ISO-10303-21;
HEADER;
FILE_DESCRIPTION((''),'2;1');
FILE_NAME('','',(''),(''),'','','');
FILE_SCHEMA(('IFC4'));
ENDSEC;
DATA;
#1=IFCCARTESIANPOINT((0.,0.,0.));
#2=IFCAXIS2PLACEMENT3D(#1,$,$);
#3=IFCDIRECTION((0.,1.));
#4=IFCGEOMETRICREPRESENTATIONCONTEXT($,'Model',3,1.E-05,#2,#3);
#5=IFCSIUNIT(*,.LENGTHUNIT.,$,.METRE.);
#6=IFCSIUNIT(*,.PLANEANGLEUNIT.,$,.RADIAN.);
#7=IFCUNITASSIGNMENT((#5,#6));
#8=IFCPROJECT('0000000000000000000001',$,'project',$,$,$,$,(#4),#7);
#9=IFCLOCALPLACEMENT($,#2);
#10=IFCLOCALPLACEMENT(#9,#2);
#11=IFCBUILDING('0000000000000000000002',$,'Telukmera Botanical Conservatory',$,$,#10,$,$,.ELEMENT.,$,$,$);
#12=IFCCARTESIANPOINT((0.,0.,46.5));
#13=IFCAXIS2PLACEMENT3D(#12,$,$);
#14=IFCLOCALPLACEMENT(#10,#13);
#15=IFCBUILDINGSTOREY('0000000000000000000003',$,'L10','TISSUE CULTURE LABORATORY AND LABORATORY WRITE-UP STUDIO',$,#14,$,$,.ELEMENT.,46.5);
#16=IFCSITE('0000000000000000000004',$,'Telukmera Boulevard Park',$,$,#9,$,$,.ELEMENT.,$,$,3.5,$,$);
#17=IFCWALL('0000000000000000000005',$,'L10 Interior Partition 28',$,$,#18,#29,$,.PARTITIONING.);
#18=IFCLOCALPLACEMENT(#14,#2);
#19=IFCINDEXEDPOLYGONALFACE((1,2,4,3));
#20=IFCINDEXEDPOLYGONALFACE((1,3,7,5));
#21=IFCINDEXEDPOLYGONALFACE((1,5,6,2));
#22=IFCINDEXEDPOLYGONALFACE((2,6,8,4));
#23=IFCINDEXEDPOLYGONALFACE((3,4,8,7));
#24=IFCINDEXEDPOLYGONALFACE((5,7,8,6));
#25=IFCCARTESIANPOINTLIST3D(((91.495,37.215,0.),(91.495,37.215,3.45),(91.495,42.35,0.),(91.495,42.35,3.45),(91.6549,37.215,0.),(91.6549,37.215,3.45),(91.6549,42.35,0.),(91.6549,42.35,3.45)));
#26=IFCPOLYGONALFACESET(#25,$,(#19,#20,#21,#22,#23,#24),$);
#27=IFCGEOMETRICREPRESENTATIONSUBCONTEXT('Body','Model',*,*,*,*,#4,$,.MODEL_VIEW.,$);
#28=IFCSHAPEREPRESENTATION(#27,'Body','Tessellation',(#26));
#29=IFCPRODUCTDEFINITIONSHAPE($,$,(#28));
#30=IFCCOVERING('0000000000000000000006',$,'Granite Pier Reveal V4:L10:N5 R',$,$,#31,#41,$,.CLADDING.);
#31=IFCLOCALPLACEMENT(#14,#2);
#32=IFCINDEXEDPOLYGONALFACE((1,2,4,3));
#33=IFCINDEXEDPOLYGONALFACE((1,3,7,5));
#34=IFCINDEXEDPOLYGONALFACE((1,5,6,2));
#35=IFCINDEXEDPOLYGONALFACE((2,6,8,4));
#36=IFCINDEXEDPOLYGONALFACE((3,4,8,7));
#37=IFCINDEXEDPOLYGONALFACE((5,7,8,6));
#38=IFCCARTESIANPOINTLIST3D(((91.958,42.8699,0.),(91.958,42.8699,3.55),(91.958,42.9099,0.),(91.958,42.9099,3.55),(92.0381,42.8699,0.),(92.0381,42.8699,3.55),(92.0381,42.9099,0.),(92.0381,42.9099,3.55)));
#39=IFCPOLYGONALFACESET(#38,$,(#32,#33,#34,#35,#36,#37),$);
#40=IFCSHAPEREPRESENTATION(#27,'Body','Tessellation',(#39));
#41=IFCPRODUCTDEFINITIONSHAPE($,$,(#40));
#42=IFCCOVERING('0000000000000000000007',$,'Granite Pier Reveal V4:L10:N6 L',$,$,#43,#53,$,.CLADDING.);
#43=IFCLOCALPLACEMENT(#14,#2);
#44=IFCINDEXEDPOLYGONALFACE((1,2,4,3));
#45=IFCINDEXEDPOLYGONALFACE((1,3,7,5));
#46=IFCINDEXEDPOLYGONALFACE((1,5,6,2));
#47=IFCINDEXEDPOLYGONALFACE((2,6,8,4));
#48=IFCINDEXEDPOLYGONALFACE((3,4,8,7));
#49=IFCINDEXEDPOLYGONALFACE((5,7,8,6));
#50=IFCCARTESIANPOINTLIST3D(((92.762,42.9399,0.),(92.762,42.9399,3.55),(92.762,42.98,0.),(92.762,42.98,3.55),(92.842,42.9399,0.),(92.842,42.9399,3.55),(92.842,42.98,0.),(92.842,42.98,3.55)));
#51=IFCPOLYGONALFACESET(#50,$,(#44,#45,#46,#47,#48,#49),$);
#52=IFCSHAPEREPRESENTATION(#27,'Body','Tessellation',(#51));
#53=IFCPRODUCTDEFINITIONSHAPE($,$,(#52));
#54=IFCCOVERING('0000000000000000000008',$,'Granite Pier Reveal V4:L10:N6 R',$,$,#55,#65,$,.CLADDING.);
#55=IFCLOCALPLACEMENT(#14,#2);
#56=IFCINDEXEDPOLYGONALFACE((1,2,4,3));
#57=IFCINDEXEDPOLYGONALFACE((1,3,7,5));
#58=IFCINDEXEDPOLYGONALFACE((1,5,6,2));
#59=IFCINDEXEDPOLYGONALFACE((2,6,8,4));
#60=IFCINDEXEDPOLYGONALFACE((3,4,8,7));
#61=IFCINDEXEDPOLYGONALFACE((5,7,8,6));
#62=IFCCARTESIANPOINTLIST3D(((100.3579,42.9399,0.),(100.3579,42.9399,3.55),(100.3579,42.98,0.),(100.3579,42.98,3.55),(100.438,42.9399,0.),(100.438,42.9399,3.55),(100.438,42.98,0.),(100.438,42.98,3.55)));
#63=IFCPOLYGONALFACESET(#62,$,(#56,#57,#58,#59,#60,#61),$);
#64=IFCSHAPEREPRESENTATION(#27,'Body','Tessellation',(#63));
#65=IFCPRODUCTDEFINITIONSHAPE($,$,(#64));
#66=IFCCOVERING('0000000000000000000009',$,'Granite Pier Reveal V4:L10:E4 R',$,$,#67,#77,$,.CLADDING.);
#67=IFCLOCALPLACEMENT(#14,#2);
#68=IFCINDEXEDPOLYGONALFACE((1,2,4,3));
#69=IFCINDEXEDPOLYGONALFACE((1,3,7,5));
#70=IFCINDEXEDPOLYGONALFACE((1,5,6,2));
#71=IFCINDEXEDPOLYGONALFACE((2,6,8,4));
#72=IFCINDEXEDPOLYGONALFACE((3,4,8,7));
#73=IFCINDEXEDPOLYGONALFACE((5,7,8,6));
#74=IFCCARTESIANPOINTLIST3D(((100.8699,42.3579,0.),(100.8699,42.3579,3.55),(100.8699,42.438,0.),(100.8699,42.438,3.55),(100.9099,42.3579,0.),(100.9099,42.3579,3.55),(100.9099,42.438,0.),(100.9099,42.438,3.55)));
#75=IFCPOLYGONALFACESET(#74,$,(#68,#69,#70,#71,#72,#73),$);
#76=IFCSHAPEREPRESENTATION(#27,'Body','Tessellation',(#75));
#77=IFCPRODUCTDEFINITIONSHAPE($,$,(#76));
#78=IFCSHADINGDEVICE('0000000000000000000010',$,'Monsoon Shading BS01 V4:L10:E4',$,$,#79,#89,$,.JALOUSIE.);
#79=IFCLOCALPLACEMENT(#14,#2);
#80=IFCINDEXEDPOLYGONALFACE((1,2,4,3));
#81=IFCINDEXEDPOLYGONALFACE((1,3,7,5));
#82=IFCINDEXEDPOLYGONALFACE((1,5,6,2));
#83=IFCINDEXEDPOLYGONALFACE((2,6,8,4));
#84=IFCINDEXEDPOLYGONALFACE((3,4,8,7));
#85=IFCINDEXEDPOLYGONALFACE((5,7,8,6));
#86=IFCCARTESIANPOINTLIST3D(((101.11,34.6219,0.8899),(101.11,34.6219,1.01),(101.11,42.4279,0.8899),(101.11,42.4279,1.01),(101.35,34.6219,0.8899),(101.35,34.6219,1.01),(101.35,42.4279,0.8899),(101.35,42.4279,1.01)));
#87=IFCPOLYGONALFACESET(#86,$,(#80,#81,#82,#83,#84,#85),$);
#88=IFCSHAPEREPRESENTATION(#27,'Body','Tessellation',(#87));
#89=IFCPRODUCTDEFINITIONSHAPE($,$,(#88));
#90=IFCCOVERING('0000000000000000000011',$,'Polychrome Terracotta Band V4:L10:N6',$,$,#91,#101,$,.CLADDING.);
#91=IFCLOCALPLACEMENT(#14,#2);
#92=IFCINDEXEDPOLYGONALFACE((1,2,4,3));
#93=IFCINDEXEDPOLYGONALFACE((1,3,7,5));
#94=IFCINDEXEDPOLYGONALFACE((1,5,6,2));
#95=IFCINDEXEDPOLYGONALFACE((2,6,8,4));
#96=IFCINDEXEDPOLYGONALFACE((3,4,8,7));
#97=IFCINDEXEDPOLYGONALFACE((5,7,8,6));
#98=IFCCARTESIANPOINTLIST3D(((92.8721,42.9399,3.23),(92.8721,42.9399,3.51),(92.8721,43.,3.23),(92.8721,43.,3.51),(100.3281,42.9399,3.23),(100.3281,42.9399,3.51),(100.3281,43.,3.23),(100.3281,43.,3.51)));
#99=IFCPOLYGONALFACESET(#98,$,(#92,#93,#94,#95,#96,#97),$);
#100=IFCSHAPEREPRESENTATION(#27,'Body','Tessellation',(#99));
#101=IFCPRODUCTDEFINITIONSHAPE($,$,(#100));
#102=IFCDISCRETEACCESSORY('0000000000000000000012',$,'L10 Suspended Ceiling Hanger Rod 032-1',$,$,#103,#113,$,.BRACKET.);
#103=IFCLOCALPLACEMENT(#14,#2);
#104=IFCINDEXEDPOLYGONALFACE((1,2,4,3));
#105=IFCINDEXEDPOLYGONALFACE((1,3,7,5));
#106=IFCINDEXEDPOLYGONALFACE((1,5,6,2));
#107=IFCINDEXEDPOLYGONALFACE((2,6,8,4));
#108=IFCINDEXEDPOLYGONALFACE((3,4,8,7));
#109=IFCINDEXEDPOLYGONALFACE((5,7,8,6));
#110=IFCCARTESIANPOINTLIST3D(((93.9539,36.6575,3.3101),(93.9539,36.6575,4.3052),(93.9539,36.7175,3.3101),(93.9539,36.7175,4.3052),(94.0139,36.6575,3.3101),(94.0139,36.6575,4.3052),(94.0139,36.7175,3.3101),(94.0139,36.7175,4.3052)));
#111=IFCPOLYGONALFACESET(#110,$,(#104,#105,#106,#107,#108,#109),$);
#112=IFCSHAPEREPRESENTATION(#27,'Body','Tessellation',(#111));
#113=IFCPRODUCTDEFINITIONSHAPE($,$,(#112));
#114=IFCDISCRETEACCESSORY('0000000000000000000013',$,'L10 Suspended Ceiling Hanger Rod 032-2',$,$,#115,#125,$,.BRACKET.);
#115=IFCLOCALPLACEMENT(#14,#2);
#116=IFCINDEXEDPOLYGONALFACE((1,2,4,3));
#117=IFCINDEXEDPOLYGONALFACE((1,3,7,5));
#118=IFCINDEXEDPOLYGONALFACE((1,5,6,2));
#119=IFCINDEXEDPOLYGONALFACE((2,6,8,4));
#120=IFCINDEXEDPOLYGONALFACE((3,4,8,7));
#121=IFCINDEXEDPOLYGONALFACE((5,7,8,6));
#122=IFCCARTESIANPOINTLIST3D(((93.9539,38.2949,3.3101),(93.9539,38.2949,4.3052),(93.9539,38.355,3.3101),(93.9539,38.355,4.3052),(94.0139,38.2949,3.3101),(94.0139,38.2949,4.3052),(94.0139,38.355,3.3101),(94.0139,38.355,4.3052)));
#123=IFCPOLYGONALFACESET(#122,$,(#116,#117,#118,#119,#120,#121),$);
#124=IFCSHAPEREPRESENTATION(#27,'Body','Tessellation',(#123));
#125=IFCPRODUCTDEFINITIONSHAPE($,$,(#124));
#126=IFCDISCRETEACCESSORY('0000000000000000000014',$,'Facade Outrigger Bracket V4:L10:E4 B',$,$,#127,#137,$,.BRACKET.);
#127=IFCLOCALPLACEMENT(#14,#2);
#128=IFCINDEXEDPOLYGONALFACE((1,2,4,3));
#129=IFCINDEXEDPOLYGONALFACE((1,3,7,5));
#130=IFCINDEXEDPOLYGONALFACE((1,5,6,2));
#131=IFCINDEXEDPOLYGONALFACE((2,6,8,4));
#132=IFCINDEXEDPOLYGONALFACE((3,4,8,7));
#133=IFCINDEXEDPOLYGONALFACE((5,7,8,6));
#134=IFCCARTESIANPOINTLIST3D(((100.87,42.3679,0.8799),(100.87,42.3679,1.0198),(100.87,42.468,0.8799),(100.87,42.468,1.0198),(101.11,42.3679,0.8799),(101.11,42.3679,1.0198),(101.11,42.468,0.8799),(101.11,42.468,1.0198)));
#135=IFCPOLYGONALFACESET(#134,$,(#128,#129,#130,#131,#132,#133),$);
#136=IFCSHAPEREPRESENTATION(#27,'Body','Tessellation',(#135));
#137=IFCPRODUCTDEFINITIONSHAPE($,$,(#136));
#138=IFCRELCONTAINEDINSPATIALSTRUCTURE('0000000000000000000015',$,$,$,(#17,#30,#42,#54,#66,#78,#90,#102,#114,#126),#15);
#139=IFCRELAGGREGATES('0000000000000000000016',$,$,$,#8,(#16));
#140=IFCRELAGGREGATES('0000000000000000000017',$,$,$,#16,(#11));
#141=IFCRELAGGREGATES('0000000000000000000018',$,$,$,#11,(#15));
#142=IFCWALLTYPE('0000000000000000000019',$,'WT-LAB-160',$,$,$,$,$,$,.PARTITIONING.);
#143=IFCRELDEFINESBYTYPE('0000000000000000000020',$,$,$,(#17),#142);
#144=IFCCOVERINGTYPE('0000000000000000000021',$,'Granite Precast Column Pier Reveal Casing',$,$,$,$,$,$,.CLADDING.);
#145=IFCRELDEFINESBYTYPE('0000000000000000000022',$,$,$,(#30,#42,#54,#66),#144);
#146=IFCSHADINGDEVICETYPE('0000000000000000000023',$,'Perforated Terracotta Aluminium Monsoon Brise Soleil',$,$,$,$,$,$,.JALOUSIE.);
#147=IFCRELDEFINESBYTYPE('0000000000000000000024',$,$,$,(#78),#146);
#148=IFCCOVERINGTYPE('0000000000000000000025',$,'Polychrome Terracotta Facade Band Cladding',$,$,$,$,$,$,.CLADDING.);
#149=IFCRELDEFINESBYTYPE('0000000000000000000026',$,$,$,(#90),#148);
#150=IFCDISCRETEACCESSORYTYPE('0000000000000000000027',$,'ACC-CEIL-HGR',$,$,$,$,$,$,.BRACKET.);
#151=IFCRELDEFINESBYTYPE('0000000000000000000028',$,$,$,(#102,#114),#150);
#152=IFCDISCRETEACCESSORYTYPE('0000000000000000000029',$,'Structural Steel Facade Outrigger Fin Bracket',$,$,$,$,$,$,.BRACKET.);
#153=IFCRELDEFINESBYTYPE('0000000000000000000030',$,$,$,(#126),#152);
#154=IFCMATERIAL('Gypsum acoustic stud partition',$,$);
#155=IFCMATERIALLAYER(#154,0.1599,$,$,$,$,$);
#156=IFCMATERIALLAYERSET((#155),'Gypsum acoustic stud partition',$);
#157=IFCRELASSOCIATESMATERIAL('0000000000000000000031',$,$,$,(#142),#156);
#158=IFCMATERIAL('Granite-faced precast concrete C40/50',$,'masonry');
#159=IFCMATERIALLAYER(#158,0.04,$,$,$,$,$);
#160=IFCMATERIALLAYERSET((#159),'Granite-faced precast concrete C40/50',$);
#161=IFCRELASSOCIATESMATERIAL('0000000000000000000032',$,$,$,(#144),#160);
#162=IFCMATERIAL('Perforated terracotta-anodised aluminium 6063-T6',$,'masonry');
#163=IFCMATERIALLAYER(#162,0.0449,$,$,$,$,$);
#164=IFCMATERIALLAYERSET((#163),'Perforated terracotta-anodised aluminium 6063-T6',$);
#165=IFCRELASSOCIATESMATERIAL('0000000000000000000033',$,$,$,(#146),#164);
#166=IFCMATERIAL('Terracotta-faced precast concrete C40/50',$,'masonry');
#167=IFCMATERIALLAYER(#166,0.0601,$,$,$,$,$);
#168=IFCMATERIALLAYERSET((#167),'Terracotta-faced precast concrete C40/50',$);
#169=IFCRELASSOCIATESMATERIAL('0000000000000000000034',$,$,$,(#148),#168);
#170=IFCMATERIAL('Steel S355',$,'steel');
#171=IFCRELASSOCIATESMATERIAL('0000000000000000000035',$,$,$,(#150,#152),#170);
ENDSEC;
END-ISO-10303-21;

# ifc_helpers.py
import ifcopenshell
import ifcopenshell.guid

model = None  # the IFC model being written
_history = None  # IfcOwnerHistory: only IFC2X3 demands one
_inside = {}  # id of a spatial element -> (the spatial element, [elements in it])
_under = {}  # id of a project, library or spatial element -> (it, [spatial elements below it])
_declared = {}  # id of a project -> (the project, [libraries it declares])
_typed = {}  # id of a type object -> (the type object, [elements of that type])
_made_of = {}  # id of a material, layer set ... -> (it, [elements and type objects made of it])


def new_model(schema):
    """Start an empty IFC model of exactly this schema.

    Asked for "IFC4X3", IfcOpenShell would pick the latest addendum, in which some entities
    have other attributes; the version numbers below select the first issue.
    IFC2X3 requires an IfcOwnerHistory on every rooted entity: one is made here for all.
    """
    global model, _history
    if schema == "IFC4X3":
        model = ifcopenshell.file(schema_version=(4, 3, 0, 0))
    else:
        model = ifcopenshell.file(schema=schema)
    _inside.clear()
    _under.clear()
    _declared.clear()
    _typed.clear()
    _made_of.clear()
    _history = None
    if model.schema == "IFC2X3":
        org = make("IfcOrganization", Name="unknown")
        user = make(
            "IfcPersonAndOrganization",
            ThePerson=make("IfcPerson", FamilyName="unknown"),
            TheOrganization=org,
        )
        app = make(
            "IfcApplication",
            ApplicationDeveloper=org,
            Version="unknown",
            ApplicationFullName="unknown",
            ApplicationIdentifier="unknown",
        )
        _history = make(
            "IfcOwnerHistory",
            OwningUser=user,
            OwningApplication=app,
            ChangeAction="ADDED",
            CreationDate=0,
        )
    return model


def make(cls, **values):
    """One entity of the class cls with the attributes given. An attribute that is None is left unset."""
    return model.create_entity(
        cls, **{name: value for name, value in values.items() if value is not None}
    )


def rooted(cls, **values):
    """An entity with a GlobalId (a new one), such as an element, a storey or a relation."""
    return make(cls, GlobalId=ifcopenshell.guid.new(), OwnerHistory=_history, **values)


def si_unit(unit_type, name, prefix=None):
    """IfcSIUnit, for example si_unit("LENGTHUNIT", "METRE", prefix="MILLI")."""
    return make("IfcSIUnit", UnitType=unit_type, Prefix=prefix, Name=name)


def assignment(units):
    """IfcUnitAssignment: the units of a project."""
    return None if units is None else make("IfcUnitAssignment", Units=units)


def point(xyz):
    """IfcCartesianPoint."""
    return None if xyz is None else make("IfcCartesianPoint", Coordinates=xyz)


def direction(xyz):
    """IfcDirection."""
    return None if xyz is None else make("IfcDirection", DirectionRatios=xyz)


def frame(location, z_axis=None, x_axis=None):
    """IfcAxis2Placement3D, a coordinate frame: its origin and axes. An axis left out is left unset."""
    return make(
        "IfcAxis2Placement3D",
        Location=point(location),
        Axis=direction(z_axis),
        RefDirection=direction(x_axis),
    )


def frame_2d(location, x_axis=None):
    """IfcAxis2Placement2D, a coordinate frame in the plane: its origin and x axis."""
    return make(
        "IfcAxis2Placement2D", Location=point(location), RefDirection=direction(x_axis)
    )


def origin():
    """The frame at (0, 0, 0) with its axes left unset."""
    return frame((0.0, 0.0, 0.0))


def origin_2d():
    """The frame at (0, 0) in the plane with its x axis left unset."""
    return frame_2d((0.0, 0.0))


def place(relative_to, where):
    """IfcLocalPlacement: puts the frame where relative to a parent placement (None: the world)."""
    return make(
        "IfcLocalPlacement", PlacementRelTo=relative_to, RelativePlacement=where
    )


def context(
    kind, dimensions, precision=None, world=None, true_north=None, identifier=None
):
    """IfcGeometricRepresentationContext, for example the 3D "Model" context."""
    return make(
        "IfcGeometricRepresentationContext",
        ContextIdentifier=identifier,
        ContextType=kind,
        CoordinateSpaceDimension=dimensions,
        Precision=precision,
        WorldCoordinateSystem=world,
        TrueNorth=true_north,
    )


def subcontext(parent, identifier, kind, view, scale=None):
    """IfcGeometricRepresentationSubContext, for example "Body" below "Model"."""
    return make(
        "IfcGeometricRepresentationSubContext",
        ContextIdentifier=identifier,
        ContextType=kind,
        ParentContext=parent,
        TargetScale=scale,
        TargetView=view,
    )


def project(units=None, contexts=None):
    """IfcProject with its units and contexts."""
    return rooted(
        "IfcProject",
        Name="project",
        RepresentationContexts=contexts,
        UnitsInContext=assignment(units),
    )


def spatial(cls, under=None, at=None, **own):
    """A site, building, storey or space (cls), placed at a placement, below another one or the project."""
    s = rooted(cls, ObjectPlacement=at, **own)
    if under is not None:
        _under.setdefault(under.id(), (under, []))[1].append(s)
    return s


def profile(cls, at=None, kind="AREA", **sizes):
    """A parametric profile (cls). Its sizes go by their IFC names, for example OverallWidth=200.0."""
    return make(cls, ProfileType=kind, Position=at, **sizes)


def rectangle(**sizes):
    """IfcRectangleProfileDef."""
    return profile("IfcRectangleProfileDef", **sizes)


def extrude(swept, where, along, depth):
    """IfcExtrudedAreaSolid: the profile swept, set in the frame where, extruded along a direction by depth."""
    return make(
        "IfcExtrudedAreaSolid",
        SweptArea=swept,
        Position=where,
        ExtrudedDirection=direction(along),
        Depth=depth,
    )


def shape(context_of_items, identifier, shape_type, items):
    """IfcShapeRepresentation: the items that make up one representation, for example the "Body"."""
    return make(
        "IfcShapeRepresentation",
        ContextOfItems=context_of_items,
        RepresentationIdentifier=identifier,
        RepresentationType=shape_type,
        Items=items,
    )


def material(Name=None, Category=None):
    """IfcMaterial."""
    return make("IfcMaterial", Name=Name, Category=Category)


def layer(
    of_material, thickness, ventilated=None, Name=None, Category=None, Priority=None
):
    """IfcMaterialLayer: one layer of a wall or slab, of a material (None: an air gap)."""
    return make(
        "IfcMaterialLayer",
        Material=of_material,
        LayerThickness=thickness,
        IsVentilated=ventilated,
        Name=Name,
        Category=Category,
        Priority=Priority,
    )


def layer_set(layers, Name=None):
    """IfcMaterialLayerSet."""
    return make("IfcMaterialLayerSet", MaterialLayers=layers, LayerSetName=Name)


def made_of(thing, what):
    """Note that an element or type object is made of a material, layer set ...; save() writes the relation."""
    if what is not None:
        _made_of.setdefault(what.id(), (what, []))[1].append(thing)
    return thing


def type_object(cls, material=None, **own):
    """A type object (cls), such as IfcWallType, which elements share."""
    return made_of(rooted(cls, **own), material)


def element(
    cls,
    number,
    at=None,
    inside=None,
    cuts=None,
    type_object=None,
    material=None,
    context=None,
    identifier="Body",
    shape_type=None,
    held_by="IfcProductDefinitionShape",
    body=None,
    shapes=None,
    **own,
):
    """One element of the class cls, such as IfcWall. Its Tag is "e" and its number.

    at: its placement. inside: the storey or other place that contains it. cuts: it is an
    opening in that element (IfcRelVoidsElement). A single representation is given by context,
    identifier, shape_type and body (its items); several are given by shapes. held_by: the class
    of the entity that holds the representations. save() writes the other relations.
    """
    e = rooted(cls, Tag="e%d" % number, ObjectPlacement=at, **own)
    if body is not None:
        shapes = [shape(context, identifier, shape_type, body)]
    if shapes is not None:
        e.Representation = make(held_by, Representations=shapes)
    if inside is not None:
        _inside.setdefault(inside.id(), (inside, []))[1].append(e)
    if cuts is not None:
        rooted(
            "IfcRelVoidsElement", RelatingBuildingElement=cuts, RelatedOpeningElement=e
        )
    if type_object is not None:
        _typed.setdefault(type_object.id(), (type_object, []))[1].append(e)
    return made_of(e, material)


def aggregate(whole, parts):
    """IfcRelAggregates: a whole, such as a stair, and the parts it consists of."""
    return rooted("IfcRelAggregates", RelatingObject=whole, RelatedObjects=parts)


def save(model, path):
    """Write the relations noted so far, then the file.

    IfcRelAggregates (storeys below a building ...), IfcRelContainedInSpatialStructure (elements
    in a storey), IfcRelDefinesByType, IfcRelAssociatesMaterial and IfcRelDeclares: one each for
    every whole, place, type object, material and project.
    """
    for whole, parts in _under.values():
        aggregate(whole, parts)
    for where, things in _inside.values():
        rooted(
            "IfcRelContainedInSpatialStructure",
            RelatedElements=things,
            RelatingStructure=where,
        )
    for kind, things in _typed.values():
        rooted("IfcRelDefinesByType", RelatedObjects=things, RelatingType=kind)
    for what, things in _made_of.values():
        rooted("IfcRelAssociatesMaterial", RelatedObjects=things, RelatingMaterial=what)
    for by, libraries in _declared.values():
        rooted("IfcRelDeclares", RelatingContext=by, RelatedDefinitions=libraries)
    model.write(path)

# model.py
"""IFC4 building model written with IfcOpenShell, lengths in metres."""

from ifc_helpers import new_model, si_unit, direction, frame, frame_2d, origin, origin_2d, place, context, subcontext, project, spatial, rectangle, extrude, material, layer, layer_set, type_object, element, save


model = new_model("IFC4")

# Units and contexts
model_context = context("Model", 3, precision=1e-05, world=origin(), true_north=direction((0.0, 1.0)))
body_context = subcontext(model_context, "Body", "Model", "MODEL_VIEW")
ifc_project = project(units=[si_unit("LENGTHUNIT", "METRE"), si_unit("PLANEANGLEUNIT", "RADIAN")], contexts=[model_context])

# Site, building, storey
site_placement = place(None, origin())
site = spatial("IfcSite", under=ifc_project, at=site_placement, Name="Telukmera Boulevard Park", CompositionType="ELEMENT", RefElevation=3.5)
building_placement = place(site_placement, origin())
building = spatial("IfcBuilding", under=site, at=building_placement, Name="Telukmera Botanical Conservatory", CompositionType="ELEMENT")
storey_placement = place(building_placement, frame((0.0, 0.0, 46.5)))
storey = spatial("IfcBuildingStorey", under=building, at=storey_placement, Name="L10", Description="TISSUE CULTURE LABORATORY AND LABORATORY WRITE-UP STUDIO", CompositionType="ELEMENT", Elevation=46.5)

# Wall
ifc_material_1 = material(Name="Gypsum acoustic stud partition")
ifc_layer_1 = layer(ifc_material_1, 0.1599)
ifc_layer_set_1 = layer_set([ifc_layer_1], Name="Gypsum acoustic stud partition")
wall_type_1 = type_object("IfcWallType", Name="WT-LAB-160", PredefinedType="PARTITIONING", material=ifc_layer_set_1)
wall_1_placement = place(storey_placement, frame((91.575, 37.2151, 0.0), z_axis=(0.0, 0.0, 1.0), x_axis=(0.0, 1.0, 0.0)))
element("IfcWall", 1, at=wall_1_placement, inside=storey, type_object=wall_type_1, Name="L10 Interior Partition 28", PredefinedType="PARTITIONING", context=body_context, shape_type="SweptSolid", body=[
    extrude(rectangle(XDim=5.135, YDim=0.1599, at=frame_2d((2.5674, 0.0))), origin(), (0.0, 0.0, 1.0), 3.45),
])

# Coverings
ifc_material_2 = material(Name="Granite-faced precast concrete C40/50", Category="masonry")
ifc_layer_2 = layer(ifc_material_2, 0.04)
ifc_layer_set_2 = layer_set([ifc_layer_2], Name="Granite-faced precast concrete C40/50")
covering_type_1 = type_object("IfcCoveringType", Name="Granite Precast Column Pier Reveal Casing", PredefinedType="CLADDING", material=ifc_layer_set_2)
for number, where, z_axis, x_axis, name in (
    (2, (91.998, 42.8899, 0.0), (0.0, 0.0, 1.0), (1.0, 0.0, 0.0), "Granite Pier Reveal V4:L10:N5 R"),
    (3, (92.802, 42.96, 0.0), (0.0, 0.0, 1.0), (1.0, 0.0, 0.0), "Granite Pier Reveal V4:L10:N6 L"),
    (4, (100.3979, 42.96, 0.0), (0.0, 0.0, 1.0), (1.0, 0.0, 0.0), "Granite Pier Reveal V4:L10:N6 R"),
    (5, (100.8899, 42.3979, 0.0), (0.0, 0.0, 1.0), (0.0, 1.0, 0.0), "Granite Pier Reveal V4:L10:E4 R"),
):
    element("IfcCovering", number, at=place(storey_placement, frame(where, z_axis=z_axis, x_axis=x_axis)), inside=storey, type_object=covering_type_1, Name=name, PredefinedType="CLADDING", context=body_context, shape_type="SweptSolid", body=[
        extrude(rectangle(XDim=0.0801, YDim=0.04, at=origin_2d()), origin(), (0.0, 0.0, 1.0), 3.55),
    ])

# Shading device
ifc_material_3 = material(Name="Perforated terracotta-anodised aluminium 6063-T6", Category="masonry")
ifc_layer_3 = layer(ifc_material_3, 0.0449)
ifc_layer_set_3 = layer_set([ifc_layer_3], Name="Perforated terracotta-anodised aluminium 6063-T6")
shading_device_type = type_object("IfcShadingDeviceType", Name="Perforated Terracotta Aluminium Monsoon Brise Soleil", PredefinedType="JALOUSIE", material=ifc_layer_set_3)
shading_device_placement = place(storey_placement, frame((101.23, 38.5249, 0.8899), z_axis=(0.0, 0.0, 1.0), x_axis=(0.0, 1.0, 0.0)))
element("IfcShadingDevice", 6, at=shading_device_placement, inside=storey, type_object=shading_device_type, Name="Monsoon Shading BS01 V4:L10:E4", PredefinedType="JALOUSIE", context=body_context, shape_type="SweptSolid", body=[
    extrude(rectangle(XDim=7.8059, YDim=0.24, at=origin_2d()), origin(), (0.0, 0.0, 1.0), 0.1201),
])

# Covering
ifc_material_4 = material(Name="Terracotta-faced precast concrete C40/50", Category="masonry")
ifc_layer_4 = layer(ifc_material_4, 0.0601)
ifc_layer_set_4 = layer_set([ifc_layer_4], Name="Terracotta-faced precast concrete C40/50")
covering_type_2 = type_object("IfcCoveringType", Name="Polychrome Terracotta Facade Band Cladding", PredefinedType="CLADDING", material=ifc_layer_set_4)
covering_placement = place(storey_placement, frame((96.6001, 42.97, 3.23), z_axis=(0.0, 0.0, 1.0), x_axis=(1.0, 0.0, 0.0)))
element("IfcCovering", 7, at=covering_placement, inside=storey, type_object=covering_type_2, Name="Polychrome Terracotta Band V4:L10:N6", PredefinedType="CLADDING", context=body_context, shape_type="SweptSolid", body=[
    extrude(rectangle(XDim=7.4561, YDim=0.0601, at=origin_2d()), origin(), (0.0, 0.0, 1.0), 0.28),
])

# Discrete accessories
ifc_material_5 = material(Name="Steel S355", Category="steel")
discrete_accessory_type_1 = type_object("IfcDiscreteAccessoryType", Name="ACC-CEIL-HGR", PredefinedType="BRACKET", material=ifc_material_5)
for number, where, z_axis, x_axis, name in (
    (8, (93.9839, 36.6875, 3.3101), (0.0, 0.0, 1.0), (1.0, 0.0, 0.0), "L10 Suspended Ceiling Hanger Rod 032-1"),
    (9, (93.9839, 38.325, 3.3101), (0.0, 0.0, 1.0), (1.0, 0.0, 0.0), "L10 Suspended Ceiling Hanger Rod 032-2"),
):
    element("IfcDiscreteAccessory", number, at=place(storey_placement, frame(where, z_axis=z_axis, x_axis=x_axis)), inside=storey, type_object=discrete_accessory_type_1, Name=name, PredefinedType="BRACKET", context=body_context, shape_type="SweptSolid", body=[
        extrude(rectangle(XDim=0.0601, YDim=0.0601, at=origin_2d()), origin(), (0.0, 0.0, 1.0), 0.9951),
    ])
discrete_accessory_type_2 = type_object("IfcDiscreteAccessoryType", Name="Structural Steel Facade Outrigger Fin Bracket", PredefinedType="BRACKET", material=ifc_material_5)
discrete_accessory_placement = place(storey_placement, frame((100.99, 42.418, 0.8799), z_axis=(0.0, 0.0, 1.0), x_axis=(0.0, 1.0, 0.0)))
element("IfcDiscreteAccessory", 10, at=discrete_accessory_placement, inside=storey, type_object=discrete_accessory_type_2, Name="Facade Outrigger Bracket V4:L10:E4 B", PredefinedType="BRACKET", context=body_context, shape_type="SweptSolid", body=[
    extrude(rectangle(XDim=0.1001, YDim=0.24, at=origin_2d()), origin(), (0.0, 0.0, 1.0), 0.1399),
])

save(model, "model.ifc")
